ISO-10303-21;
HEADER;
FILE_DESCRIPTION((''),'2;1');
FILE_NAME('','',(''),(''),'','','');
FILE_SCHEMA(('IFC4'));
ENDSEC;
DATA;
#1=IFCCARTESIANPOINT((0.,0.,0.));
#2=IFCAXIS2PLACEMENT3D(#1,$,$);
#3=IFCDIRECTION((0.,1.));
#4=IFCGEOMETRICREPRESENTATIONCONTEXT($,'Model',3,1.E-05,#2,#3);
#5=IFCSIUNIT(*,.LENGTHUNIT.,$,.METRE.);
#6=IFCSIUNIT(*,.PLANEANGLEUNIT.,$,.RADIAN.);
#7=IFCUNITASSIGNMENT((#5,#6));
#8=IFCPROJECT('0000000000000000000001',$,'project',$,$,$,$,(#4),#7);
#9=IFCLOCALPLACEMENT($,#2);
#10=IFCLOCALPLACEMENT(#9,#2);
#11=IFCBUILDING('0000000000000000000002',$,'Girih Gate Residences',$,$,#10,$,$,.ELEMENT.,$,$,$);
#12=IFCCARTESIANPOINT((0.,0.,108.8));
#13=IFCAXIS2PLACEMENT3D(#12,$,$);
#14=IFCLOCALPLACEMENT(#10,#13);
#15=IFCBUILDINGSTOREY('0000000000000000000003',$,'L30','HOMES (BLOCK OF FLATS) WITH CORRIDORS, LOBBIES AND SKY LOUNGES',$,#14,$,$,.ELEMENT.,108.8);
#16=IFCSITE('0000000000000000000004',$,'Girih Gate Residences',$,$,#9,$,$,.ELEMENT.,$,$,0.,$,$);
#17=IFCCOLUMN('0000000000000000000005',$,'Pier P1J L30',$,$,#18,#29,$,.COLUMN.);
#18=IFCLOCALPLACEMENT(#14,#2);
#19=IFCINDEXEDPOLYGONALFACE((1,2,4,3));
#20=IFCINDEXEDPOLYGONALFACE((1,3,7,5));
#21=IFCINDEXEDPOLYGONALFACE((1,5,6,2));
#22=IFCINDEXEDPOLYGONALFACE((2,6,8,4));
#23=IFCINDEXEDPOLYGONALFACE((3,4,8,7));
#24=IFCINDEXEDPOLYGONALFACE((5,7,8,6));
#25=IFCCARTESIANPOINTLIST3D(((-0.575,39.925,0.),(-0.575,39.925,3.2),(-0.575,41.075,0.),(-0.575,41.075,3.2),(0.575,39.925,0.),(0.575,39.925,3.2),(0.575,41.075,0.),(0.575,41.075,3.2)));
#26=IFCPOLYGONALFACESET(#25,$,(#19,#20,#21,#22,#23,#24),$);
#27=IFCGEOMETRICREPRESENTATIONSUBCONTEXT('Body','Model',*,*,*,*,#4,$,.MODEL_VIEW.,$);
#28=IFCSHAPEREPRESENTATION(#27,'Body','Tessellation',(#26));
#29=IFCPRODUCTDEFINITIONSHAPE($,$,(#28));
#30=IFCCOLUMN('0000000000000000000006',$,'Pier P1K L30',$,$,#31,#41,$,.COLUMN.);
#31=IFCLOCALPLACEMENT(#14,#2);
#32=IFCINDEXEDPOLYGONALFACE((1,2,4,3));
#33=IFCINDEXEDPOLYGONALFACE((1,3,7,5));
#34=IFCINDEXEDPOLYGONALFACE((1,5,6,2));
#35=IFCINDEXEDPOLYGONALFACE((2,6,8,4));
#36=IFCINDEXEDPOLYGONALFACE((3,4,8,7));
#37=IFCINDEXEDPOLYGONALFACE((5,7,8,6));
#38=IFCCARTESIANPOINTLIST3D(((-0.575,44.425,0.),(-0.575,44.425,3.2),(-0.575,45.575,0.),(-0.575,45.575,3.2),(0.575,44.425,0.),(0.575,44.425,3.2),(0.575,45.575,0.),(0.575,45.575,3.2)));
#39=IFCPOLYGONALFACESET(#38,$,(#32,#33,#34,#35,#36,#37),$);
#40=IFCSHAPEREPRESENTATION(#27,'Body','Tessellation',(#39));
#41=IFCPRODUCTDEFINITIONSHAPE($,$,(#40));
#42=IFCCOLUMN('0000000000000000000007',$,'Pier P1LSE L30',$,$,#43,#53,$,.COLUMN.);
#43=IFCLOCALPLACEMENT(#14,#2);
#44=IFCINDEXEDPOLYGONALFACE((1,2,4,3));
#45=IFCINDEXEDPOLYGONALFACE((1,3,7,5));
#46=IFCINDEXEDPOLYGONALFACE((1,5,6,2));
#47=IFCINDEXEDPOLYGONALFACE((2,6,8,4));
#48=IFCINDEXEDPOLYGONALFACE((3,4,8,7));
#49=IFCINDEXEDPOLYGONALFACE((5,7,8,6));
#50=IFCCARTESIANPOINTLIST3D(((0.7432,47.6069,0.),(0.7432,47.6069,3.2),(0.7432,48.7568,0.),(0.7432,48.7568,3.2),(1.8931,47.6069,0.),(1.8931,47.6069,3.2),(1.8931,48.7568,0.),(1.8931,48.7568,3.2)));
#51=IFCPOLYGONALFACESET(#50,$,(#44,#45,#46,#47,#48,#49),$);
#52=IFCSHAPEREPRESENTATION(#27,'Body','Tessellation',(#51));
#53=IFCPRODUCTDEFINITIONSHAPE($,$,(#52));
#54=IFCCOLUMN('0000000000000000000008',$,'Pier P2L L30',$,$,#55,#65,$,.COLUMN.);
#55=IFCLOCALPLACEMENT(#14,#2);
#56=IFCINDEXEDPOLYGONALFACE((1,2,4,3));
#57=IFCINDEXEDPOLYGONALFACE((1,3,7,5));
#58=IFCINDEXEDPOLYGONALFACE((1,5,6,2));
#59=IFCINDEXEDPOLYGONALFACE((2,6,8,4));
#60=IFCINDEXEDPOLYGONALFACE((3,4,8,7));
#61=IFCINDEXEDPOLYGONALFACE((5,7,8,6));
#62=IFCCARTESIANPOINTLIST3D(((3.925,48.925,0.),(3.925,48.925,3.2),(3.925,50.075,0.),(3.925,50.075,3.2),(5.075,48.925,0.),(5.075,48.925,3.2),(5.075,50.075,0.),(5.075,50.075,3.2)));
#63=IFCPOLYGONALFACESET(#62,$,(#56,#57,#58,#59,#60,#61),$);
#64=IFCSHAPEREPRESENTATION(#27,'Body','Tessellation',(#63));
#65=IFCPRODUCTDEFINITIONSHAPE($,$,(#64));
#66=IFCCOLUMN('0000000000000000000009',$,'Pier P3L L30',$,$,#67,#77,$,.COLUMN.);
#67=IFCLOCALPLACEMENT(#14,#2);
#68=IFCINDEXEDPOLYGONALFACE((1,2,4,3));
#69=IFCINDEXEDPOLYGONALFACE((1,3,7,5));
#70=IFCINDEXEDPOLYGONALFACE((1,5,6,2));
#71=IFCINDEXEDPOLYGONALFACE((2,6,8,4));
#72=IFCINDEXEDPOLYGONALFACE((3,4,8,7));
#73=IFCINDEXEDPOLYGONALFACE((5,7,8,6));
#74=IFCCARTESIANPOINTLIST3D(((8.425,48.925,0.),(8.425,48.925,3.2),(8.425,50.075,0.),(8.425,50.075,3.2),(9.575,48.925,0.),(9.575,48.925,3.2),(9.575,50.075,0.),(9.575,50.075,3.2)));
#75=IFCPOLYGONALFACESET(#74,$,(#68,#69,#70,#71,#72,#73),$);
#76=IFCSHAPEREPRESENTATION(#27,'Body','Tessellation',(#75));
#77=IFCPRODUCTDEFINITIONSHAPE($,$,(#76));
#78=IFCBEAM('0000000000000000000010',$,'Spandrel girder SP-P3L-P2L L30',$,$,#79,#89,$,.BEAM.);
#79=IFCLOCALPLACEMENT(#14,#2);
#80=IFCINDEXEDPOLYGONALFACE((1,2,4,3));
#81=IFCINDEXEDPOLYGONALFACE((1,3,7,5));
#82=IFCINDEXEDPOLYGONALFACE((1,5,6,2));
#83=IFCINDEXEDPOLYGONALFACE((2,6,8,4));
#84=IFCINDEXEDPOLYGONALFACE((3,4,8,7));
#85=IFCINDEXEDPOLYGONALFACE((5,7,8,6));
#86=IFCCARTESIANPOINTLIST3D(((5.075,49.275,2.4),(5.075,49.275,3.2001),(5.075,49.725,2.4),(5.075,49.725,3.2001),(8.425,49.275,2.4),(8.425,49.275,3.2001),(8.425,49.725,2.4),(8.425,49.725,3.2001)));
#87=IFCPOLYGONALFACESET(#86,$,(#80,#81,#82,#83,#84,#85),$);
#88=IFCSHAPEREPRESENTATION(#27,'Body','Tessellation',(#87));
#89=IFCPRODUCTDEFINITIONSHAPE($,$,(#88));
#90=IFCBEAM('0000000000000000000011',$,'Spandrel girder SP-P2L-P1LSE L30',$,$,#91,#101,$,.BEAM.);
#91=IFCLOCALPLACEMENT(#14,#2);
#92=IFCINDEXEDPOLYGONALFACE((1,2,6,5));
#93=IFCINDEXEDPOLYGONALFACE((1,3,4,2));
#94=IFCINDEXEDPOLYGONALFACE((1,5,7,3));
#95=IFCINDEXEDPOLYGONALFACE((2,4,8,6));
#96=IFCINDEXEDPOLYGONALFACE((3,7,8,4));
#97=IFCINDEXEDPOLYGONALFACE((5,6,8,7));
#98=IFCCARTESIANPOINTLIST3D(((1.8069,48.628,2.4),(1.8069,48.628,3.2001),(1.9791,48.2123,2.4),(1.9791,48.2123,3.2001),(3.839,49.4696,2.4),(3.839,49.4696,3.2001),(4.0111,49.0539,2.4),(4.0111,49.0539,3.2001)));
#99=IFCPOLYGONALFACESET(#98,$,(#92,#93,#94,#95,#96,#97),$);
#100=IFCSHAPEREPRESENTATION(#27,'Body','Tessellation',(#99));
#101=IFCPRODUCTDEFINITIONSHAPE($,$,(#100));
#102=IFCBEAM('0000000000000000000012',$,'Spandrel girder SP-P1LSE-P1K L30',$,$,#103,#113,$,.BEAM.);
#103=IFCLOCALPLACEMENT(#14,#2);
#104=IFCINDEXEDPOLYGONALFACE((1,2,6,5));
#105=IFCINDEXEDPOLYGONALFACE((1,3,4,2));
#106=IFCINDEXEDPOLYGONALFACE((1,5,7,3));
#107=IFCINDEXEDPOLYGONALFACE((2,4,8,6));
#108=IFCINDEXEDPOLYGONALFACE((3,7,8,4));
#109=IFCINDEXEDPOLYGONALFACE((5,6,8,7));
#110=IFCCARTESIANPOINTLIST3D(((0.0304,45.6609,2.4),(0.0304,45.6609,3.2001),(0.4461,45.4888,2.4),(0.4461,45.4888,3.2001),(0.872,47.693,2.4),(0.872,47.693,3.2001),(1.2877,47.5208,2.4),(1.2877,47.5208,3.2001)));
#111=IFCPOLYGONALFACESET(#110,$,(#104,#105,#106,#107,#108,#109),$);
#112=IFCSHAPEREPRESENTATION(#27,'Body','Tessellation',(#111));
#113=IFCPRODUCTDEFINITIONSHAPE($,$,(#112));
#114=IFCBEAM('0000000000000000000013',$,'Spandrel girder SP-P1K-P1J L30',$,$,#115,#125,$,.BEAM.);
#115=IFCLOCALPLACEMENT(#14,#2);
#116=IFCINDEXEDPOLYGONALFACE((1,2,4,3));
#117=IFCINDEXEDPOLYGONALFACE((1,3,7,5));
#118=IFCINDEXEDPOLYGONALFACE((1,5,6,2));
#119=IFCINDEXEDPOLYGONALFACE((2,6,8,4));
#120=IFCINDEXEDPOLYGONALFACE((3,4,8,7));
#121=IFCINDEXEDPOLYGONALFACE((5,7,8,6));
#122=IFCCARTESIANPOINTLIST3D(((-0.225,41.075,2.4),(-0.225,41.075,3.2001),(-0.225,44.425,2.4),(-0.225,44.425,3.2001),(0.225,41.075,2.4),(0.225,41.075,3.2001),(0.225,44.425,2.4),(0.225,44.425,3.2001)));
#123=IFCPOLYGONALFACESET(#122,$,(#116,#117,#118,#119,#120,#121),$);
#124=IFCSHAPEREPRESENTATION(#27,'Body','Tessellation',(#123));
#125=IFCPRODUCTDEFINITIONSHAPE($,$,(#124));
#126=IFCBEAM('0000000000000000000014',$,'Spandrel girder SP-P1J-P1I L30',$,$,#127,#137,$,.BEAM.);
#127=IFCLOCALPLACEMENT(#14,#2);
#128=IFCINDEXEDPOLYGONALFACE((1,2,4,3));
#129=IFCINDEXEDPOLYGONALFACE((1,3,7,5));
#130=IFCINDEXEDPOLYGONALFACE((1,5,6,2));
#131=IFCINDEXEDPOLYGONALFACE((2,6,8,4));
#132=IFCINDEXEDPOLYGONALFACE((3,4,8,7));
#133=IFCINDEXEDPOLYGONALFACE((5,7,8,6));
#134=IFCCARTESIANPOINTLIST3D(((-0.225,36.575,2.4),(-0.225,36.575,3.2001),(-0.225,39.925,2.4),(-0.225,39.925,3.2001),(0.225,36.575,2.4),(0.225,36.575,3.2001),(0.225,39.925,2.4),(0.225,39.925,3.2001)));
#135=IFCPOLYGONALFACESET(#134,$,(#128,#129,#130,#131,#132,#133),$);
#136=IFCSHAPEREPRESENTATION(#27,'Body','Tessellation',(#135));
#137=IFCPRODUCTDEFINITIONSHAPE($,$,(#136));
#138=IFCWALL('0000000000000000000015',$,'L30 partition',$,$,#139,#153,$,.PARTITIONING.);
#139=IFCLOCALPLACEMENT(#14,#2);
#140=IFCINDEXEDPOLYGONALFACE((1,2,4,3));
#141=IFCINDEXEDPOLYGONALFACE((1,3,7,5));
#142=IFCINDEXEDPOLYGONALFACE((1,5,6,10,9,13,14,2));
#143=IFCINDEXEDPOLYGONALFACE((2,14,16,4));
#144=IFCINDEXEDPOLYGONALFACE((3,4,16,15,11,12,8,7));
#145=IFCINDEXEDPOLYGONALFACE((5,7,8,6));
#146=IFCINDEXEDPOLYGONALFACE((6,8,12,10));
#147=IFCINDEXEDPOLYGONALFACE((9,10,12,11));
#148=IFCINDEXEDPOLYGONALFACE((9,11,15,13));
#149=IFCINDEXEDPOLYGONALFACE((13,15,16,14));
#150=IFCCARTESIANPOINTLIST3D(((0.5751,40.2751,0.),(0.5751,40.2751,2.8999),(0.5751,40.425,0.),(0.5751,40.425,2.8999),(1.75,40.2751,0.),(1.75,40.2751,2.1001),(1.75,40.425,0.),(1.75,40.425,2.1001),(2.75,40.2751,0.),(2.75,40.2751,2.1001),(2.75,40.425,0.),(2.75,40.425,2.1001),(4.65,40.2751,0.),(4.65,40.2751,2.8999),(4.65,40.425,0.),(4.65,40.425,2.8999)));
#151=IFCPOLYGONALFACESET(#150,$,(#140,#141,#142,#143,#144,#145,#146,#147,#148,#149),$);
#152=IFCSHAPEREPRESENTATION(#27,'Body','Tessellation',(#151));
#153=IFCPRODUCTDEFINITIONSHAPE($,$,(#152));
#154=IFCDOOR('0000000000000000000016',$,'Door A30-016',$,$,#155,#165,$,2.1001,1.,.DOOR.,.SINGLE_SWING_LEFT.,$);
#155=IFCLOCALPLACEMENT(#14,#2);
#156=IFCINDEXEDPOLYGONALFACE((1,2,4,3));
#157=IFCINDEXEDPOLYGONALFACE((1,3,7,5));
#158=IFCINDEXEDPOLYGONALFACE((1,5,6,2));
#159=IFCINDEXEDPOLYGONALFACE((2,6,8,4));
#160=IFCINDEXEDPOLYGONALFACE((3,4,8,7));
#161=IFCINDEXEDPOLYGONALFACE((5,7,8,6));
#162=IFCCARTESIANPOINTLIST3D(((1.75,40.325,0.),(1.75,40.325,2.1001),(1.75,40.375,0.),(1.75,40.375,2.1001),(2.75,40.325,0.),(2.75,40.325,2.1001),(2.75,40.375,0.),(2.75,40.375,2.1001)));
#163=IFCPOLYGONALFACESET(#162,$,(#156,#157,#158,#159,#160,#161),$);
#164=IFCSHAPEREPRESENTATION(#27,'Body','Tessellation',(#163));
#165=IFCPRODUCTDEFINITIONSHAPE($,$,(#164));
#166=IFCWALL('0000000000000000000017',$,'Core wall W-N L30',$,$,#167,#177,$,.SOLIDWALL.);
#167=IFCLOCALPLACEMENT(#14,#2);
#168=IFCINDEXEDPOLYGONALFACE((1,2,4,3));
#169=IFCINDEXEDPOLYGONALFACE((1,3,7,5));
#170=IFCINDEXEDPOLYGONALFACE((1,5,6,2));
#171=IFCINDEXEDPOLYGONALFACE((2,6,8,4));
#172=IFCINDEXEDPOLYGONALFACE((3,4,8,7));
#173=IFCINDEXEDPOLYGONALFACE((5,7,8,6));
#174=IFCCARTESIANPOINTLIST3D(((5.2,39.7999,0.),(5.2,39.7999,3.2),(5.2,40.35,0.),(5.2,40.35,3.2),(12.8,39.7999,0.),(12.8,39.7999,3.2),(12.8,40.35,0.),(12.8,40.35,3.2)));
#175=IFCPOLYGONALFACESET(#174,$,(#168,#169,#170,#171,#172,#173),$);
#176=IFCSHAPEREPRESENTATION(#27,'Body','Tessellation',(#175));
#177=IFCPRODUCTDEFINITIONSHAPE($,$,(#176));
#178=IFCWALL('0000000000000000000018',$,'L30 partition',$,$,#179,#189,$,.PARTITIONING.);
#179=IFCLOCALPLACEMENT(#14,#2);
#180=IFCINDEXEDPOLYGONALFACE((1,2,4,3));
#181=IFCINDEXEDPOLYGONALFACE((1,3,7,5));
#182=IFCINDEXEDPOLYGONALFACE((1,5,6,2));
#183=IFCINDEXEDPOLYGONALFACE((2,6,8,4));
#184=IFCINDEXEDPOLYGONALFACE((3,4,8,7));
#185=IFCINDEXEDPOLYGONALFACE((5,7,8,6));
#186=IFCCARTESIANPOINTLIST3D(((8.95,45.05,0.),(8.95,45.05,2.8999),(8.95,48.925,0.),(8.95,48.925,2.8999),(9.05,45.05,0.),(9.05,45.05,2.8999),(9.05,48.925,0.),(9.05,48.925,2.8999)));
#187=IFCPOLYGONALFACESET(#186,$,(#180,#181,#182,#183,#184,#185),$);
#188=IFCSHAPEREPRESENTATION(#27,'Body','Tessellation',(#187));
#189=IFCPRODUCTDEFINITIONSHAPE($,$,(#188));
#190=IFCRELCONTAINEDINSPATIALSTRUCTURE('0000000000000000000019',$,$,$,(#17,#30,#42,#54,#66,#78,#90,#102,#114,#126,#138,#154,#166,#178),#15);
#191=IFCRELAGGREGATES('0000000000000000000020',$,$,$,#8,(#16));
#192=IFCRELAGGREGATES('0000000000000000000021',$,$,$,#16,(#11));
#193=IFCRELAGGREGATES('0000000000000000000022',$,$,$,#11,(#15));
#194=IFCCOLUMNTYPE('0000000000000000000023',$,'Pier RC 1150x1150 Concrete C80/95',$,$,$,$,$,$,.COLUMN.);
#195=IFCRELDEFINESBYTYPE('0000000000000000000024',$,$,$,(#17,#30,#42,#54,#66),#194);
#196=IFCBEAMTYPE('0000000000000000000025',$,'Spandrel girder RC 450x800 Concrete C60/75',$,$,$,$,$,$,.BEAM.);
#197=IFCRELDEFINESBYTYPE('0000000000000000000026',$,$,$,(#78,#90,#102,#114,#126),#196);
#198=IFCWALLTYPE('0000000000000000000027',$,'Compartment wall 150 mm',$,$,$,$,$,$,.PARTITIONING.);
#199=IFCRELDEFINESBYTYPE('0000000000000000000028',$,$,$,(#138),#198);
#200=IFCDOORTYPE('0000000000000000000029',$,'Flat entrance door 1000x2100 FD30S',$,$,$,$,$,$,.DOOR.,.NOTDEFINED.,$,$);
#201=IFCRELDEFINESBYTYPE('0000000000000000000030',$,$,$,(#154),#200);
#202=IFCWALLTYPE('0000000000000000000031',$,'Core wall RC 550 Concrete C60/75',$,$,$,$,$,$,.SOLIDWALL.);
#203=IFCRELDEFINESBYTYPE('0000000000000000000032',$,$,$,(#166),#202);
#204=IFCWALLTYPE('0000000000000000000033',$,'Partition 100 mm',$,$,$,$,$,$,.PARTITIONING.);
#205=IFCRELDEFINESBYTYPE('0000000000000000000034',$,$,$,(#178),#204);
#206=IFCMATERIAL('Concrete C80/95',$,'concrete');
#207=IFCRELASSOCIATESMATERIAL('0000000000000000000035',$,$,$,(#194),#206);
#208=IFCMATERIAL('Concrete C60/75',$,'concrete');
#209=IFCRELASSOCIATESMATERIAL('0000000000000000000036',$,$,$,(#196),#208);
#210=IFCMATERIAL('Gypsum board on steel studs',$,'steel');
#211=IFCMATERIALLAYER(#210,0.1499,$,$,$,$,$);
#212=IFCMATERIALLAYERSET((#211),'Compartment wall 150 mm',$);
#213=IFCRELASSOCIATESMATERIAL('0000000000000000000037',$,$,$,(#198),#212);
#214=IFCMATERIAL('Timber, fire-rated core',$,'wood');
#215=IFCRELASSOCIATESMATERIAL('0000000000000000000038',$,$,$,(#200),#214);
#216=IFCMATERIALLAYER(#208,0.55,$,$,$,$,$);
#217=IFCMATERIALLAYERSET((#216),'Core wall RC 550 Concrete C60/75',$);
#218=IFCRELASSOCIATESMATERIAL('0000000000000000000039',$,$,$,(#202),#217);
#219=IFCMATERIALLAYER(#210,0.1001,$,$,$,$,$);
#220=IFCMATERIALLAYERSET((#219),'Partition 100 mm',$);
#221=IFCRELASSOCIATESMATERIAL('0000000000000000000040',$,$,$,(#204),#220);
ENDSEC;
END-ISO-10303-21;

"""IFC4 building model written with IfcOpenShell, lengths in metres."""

from ifc_helpers import new_model, si_unit, direction, frame, frame_2d, origin, origin_2d, place, context, subcontext, project, spatial, rectangle, extrude, material, layer, layer_set, material_profile, profile_set, type_object, element, fill, save


model = new_model("IFC4")

# Units and contexts
model_context = context("Model", 3, precision=1e-05, world=origin(), true_north=direction((0.0, 1.0)))
body_context = subcontext(model_context, "Body", "Model", "MODEL_VIEW")
ifc_project = project(units=[si_unit("LENGTHUNIT", "METRE"), si_unit("PLANEANGLEUNIT", "RADIAN")], contexts=[model_context])

# Site, building, storey
site_placement = place(None, origin())
site = spatial("IfcSite", under=ifc_project, at=site_placement, Name="Girih Gate Residences", CompositionType="ELEMENT", RefElevation=0.0)
building_placement = place(site_placement, origin())
building = spatial("IfcBuilding", under=site, at=building_placement, Name="Girih Gate Residences", CompositionType="ELEMENT")
storey_placement = place(building_placement, frame((0.0, 0.0, 108.8)))
storey = spatial("IfcBuildingStorey", under=building, at=storey_placement, Name="L30", Description="HOMES (BLOCK OF FLATS) WITH CORRIDORS, LOBBIES AND SKY LOUNGES", CompositionType="ELEMENT", Elevation=108.8)

# Columns
ifc_material_1 = material(Name="Concrete C80/95", Category="concrete")
ifc_material_profile_1 = material_profile(ifc_material_1, rectangle(XDim=1.1499, YDim=1.1499, at=origin_2d()))
ifc_profile_set_1 = profile_set([ifc_material_profile_1], Name="Concrete C80/95")
column_type = type_object("IfcColumnType", Name="Pier RC 1150x1150 Concrete C80/95", PredefinedType="COLUMN", material=ifc_profile_set_1)
for number, where, z_axis, x_axis, name in (
    (1, (0.0, 40.5, 0.0), (0.0, 0.0, 1.0), (1.0, 0.0, 0.0), "Pier P1J L30"),
    (2, (0.0, 45.0, 0.0), (0.0, 0.0, 1.0), (1.0, 0.0, 0.0), "Pier P1K L30"),
    (3, (1.3181, 48.1819, 0.0), (0.0, 0.0, 1.0), (1.0, 0.0, 0.0), "Pier P1LSE L30"),
    (4, (4.5, 49.5, 0.0), (0.0, 0.0, 1.0), (1.0, 0.0, 0.0), "Pier P2L L30"),
    (5, (9.0, 49.5, 0.0), (0.0, 0.0, 1.0), (1.0, 0.0, 0.0), "Pier P3L L30"),
):
    element("IfcColumn", number, at=place(storey_placement, frame(where, z_axis=z_axis, x_axis=x_axis)), inside=storey, type_object=column_type, Name=name, PredefinedType="COLUMN", context=body_context, shape_type="SweptSolid", body=[
        extrude(rectangle(XDim=1.1499, YDim=1.1499, at=origin_2d()), origin(), (0.0, 0.0, 1.0), 3.2),
    ])

# Beams
ifc_material_2 = material(Name="Concrete C60/75", Category="concrete")
ifc_material_profile_2 = material_profile(ifc_material_2, rectangle(XDim=0.45, YDim=0.8, at=origin_2d()))
ifc_profile_set_2 = profile_set([ifc_material_profile_2], Name="Concrete C60/75")
beam_type = type_object("IfcBeamType", Name="Spandrel girder RC 450x800 Concrete C60/75", PredefinedType="BEAM", material=ifc_profile_set_2)
beam_placement = place(storey_placement, frame((8.425, 49.5, 2.8), z_axis=(-1.0, 0.0, 0.0), x_axis=(0.0, -1.0, 0.0)))
element("IfcBeam", 6, at=beam_placement, inside=storey, type_object=beam_type, Name="Spandrel girder SP-P3L-P2L L30", PredefinedType="BEAM", context=body_context, shape_type="SweptSolid", body=[
    extrude(rectangle(XDim=0.45, YDim=0.8, at=origin_2d()), origin(), (0.0, 0.0, 1.0), 3.3501),
])
for number, where, z_axis, x_axis, name in (
    (7, (3.925, 49.2617, 2.8), (-0.923899, -0.382636, 0.0), (0.382636, -0.923899, 0.0), "Spandrel girder SP-P2L-P1LSE L30"),
    (8, (1.0798, 47.6069, 2.8), (-0.382636, -0.923899, 0.0), (0.923899, -0.382636, 0.0), "Spandrel girder SP-P1LSE-P1K L30"),
):
    element("IfcBeam", number, at=place(storey_placement, frame(where, z_axis=z_axis, x_axis=x_axis)), inside=storey, type_object=beam_type, Name=name, PredefinedType="BEAM", context=body_context, shape_type="SweptSolid", body=[
        extrude(rectangle(XDim=0.45, YDim=0.8, at=origin_2d()), origin(), (0.0, 0.0, 1.0), 2.1995),
    ])
for number, where, z_axis, x_axis, name in (
    (9, (0.0, 44.425, 2.8), (0.0, -1.0, 0.0), (1.0, 0.0, 0.0), "Spandrel girder SP-P1K-P1J L30"),
    (10, (0.0, 39.925, 2.8), (0.0, -1.0, 0.0), (1.0, 0.0, 0.0), "Spandrel girder SP-P1J-P1I L30"),
):
    element("IfcBeam", number, at=place(storey_placement, frame(where, z_axis=z_axis, x_axis=x_axis)), inside=storey, type_object=beam_type, Name=name, PredefinedType="BEAM", context=body_context, shape_type="SweptSolid", body=[
        extrude(rectangle(XDim=0.45, YDim=0.8, at=origin_2d()), origin(), (0.0, 0.0, 1.0), 3.3501),
    ])

# Wall, opening, door
ifc_material_3 = material(Name="Gypsum board on steel studs", Category="steel")
ifc_layer_1 = layer(ifc_material_3, 0.1499)
ifc_layer_set_1 = layer_set([ifc_layer_1], Name="Compartment wall 150 mm")
wall_type_1 = type_object("IfcWallType", Name="Compartment wall 150 mm", PredefinedType="PARTITIONING", material=ifc_layer_set_1)
wall_1_placement = place(storey_placement, frame((0.575, 40.3501, 0.0), z_axis=(0.0, 0.0, 1.0), x_axis=(1.0, 0.0, 0.0)))
wall_1 = element("IfcWall", 11, at=wall_1_placement, inside=storey, type_object=wall_type_1, Name="L30 partition", PredefinedType="PARTITIONING", context=body_context, shape_type="SweptSolid", body=[
    extrude(rectangle(XDim=4.075, YDim=0.1499, at=frame_2d((2.0376, 0.0))), origin(), (0.0, 0.0, 1.0), 2.8999),
])
opening_1_placement = place(wall_1_placement, frame((1.175, 0.0, 0.0)))
opening_1 = element("IfcOpeningElement", 12, at=opening_1_placement, cuts=wall_1, PredefinedType="OPENING", context=body_context, shape_type="SweptSolid", body=[
    extrude(rectangle(XDim=1.0, YDim=2.1001, at=frame_2d((0.5, 1.05))), frame((0.0, 0.085, 0.0), z_axis=(0.0, -1.0, 0.0), x_axis=(1.0, 0.0, 0.0)), (0.0, 0.0, 1.0), 0.1699),
])
ifc_material_4 = material(Name="Timber, fire-rated core", Category="wood")
door_type_1 = type_object("IfcDoorType", Name="Flat entrance door 1000x2100 FD30S", OperationType="NOTDEFINED", PredefinedType="DOOR", material=ifc_material_4)
door_1_placement = place(opening_1_placement, origin())
door_1 = element("IfcDoor", 13, at=door_1_placement, inside=storey, type_object=door_type_1, Name="Door A30-016", OperationType="SINGLE_SWING_LEFT", OverallHeight=2.1001, OverallWidth=1.0, PredefinedType="DOOR", context=body_context, shape_type="SweptSolid", body=[
    extrude(rectangle(XDim=1.0, YDim=2.1001, at=frame_2d((0.5, 1.05))), frame((0.0, 0.0249, 0.0), z_axis=(0.0, -1.0, 0.0), x_axis=(1.0, 0.0, 0.0)), (0.0, 0.0, 1.0), 0.05),
])
fill(opening_1, door_1)

# Walls
ifc_layer_2 = layer(ifc_material_2, 0.55)
ifc_layer_set_2 = layer_set([ifc_layer_2], Name="Core wall RC 550 Concrete C60/75")
wall_type_2 = type_object("IfcWallType", Name="Core wall RC 550 Concrete C60/75", PredefinedType="SOLIDWALL", material=ifc_layer_set_2)
wall_2_placement = place(storey_placement, frame((5.2, 40.075, 0.0), z_axis=(0.0, 0.0, 1.0), x_axis=(1.0, 0.0, 0.0)))
element("IfcWall", 14, at=wall_2_placement, inside=storey, type_object=wall_type_2, Name="Core wall W-N L30", PredefinedType="SOLIDWALL", context=body_context, shape_type="SweptSolid", body=[
    extrude(rectangle(XDim=7.6001, YDim=0.55, at=frame_2d((3.8, 0.0))), origin(), (0.0, 0.0, 1.0), 3.2),
])
ifc_layer_3 = layer(ifc_material_3, 0.1001)
ifc_layer_set_3 = layer_set([ifc_layer_3], Name="Partition 100 mm")
wall_type_3 = type_object("IfcWallType", Name="Partition 100 mm", PredefinedType="PARTITIONING", material=ifc_layer_set_3)
wall_3_placement = place(storey_placement, frame((9.0, 45.05, 0.0), z_axis=(0.0, 0.0, 1.0), x_axis=(0.0, 1.0, 0.0)))
element("IfcWall", 15, at=wall_3_placement, inside=storey, type_object=wall_type_3, Name="L30 partition", PredefinedType="PARTITIONING", context=body_context, shape_type="SweptSolid", body=[
    extrude(rectangle(XDim=3.875, YDim=0.1001, at=frame_2d((1.9375, 0.0))), origin(), (0.0, 0.0, 1.0), 2.8999),
])

save(model, "model.ifc")
